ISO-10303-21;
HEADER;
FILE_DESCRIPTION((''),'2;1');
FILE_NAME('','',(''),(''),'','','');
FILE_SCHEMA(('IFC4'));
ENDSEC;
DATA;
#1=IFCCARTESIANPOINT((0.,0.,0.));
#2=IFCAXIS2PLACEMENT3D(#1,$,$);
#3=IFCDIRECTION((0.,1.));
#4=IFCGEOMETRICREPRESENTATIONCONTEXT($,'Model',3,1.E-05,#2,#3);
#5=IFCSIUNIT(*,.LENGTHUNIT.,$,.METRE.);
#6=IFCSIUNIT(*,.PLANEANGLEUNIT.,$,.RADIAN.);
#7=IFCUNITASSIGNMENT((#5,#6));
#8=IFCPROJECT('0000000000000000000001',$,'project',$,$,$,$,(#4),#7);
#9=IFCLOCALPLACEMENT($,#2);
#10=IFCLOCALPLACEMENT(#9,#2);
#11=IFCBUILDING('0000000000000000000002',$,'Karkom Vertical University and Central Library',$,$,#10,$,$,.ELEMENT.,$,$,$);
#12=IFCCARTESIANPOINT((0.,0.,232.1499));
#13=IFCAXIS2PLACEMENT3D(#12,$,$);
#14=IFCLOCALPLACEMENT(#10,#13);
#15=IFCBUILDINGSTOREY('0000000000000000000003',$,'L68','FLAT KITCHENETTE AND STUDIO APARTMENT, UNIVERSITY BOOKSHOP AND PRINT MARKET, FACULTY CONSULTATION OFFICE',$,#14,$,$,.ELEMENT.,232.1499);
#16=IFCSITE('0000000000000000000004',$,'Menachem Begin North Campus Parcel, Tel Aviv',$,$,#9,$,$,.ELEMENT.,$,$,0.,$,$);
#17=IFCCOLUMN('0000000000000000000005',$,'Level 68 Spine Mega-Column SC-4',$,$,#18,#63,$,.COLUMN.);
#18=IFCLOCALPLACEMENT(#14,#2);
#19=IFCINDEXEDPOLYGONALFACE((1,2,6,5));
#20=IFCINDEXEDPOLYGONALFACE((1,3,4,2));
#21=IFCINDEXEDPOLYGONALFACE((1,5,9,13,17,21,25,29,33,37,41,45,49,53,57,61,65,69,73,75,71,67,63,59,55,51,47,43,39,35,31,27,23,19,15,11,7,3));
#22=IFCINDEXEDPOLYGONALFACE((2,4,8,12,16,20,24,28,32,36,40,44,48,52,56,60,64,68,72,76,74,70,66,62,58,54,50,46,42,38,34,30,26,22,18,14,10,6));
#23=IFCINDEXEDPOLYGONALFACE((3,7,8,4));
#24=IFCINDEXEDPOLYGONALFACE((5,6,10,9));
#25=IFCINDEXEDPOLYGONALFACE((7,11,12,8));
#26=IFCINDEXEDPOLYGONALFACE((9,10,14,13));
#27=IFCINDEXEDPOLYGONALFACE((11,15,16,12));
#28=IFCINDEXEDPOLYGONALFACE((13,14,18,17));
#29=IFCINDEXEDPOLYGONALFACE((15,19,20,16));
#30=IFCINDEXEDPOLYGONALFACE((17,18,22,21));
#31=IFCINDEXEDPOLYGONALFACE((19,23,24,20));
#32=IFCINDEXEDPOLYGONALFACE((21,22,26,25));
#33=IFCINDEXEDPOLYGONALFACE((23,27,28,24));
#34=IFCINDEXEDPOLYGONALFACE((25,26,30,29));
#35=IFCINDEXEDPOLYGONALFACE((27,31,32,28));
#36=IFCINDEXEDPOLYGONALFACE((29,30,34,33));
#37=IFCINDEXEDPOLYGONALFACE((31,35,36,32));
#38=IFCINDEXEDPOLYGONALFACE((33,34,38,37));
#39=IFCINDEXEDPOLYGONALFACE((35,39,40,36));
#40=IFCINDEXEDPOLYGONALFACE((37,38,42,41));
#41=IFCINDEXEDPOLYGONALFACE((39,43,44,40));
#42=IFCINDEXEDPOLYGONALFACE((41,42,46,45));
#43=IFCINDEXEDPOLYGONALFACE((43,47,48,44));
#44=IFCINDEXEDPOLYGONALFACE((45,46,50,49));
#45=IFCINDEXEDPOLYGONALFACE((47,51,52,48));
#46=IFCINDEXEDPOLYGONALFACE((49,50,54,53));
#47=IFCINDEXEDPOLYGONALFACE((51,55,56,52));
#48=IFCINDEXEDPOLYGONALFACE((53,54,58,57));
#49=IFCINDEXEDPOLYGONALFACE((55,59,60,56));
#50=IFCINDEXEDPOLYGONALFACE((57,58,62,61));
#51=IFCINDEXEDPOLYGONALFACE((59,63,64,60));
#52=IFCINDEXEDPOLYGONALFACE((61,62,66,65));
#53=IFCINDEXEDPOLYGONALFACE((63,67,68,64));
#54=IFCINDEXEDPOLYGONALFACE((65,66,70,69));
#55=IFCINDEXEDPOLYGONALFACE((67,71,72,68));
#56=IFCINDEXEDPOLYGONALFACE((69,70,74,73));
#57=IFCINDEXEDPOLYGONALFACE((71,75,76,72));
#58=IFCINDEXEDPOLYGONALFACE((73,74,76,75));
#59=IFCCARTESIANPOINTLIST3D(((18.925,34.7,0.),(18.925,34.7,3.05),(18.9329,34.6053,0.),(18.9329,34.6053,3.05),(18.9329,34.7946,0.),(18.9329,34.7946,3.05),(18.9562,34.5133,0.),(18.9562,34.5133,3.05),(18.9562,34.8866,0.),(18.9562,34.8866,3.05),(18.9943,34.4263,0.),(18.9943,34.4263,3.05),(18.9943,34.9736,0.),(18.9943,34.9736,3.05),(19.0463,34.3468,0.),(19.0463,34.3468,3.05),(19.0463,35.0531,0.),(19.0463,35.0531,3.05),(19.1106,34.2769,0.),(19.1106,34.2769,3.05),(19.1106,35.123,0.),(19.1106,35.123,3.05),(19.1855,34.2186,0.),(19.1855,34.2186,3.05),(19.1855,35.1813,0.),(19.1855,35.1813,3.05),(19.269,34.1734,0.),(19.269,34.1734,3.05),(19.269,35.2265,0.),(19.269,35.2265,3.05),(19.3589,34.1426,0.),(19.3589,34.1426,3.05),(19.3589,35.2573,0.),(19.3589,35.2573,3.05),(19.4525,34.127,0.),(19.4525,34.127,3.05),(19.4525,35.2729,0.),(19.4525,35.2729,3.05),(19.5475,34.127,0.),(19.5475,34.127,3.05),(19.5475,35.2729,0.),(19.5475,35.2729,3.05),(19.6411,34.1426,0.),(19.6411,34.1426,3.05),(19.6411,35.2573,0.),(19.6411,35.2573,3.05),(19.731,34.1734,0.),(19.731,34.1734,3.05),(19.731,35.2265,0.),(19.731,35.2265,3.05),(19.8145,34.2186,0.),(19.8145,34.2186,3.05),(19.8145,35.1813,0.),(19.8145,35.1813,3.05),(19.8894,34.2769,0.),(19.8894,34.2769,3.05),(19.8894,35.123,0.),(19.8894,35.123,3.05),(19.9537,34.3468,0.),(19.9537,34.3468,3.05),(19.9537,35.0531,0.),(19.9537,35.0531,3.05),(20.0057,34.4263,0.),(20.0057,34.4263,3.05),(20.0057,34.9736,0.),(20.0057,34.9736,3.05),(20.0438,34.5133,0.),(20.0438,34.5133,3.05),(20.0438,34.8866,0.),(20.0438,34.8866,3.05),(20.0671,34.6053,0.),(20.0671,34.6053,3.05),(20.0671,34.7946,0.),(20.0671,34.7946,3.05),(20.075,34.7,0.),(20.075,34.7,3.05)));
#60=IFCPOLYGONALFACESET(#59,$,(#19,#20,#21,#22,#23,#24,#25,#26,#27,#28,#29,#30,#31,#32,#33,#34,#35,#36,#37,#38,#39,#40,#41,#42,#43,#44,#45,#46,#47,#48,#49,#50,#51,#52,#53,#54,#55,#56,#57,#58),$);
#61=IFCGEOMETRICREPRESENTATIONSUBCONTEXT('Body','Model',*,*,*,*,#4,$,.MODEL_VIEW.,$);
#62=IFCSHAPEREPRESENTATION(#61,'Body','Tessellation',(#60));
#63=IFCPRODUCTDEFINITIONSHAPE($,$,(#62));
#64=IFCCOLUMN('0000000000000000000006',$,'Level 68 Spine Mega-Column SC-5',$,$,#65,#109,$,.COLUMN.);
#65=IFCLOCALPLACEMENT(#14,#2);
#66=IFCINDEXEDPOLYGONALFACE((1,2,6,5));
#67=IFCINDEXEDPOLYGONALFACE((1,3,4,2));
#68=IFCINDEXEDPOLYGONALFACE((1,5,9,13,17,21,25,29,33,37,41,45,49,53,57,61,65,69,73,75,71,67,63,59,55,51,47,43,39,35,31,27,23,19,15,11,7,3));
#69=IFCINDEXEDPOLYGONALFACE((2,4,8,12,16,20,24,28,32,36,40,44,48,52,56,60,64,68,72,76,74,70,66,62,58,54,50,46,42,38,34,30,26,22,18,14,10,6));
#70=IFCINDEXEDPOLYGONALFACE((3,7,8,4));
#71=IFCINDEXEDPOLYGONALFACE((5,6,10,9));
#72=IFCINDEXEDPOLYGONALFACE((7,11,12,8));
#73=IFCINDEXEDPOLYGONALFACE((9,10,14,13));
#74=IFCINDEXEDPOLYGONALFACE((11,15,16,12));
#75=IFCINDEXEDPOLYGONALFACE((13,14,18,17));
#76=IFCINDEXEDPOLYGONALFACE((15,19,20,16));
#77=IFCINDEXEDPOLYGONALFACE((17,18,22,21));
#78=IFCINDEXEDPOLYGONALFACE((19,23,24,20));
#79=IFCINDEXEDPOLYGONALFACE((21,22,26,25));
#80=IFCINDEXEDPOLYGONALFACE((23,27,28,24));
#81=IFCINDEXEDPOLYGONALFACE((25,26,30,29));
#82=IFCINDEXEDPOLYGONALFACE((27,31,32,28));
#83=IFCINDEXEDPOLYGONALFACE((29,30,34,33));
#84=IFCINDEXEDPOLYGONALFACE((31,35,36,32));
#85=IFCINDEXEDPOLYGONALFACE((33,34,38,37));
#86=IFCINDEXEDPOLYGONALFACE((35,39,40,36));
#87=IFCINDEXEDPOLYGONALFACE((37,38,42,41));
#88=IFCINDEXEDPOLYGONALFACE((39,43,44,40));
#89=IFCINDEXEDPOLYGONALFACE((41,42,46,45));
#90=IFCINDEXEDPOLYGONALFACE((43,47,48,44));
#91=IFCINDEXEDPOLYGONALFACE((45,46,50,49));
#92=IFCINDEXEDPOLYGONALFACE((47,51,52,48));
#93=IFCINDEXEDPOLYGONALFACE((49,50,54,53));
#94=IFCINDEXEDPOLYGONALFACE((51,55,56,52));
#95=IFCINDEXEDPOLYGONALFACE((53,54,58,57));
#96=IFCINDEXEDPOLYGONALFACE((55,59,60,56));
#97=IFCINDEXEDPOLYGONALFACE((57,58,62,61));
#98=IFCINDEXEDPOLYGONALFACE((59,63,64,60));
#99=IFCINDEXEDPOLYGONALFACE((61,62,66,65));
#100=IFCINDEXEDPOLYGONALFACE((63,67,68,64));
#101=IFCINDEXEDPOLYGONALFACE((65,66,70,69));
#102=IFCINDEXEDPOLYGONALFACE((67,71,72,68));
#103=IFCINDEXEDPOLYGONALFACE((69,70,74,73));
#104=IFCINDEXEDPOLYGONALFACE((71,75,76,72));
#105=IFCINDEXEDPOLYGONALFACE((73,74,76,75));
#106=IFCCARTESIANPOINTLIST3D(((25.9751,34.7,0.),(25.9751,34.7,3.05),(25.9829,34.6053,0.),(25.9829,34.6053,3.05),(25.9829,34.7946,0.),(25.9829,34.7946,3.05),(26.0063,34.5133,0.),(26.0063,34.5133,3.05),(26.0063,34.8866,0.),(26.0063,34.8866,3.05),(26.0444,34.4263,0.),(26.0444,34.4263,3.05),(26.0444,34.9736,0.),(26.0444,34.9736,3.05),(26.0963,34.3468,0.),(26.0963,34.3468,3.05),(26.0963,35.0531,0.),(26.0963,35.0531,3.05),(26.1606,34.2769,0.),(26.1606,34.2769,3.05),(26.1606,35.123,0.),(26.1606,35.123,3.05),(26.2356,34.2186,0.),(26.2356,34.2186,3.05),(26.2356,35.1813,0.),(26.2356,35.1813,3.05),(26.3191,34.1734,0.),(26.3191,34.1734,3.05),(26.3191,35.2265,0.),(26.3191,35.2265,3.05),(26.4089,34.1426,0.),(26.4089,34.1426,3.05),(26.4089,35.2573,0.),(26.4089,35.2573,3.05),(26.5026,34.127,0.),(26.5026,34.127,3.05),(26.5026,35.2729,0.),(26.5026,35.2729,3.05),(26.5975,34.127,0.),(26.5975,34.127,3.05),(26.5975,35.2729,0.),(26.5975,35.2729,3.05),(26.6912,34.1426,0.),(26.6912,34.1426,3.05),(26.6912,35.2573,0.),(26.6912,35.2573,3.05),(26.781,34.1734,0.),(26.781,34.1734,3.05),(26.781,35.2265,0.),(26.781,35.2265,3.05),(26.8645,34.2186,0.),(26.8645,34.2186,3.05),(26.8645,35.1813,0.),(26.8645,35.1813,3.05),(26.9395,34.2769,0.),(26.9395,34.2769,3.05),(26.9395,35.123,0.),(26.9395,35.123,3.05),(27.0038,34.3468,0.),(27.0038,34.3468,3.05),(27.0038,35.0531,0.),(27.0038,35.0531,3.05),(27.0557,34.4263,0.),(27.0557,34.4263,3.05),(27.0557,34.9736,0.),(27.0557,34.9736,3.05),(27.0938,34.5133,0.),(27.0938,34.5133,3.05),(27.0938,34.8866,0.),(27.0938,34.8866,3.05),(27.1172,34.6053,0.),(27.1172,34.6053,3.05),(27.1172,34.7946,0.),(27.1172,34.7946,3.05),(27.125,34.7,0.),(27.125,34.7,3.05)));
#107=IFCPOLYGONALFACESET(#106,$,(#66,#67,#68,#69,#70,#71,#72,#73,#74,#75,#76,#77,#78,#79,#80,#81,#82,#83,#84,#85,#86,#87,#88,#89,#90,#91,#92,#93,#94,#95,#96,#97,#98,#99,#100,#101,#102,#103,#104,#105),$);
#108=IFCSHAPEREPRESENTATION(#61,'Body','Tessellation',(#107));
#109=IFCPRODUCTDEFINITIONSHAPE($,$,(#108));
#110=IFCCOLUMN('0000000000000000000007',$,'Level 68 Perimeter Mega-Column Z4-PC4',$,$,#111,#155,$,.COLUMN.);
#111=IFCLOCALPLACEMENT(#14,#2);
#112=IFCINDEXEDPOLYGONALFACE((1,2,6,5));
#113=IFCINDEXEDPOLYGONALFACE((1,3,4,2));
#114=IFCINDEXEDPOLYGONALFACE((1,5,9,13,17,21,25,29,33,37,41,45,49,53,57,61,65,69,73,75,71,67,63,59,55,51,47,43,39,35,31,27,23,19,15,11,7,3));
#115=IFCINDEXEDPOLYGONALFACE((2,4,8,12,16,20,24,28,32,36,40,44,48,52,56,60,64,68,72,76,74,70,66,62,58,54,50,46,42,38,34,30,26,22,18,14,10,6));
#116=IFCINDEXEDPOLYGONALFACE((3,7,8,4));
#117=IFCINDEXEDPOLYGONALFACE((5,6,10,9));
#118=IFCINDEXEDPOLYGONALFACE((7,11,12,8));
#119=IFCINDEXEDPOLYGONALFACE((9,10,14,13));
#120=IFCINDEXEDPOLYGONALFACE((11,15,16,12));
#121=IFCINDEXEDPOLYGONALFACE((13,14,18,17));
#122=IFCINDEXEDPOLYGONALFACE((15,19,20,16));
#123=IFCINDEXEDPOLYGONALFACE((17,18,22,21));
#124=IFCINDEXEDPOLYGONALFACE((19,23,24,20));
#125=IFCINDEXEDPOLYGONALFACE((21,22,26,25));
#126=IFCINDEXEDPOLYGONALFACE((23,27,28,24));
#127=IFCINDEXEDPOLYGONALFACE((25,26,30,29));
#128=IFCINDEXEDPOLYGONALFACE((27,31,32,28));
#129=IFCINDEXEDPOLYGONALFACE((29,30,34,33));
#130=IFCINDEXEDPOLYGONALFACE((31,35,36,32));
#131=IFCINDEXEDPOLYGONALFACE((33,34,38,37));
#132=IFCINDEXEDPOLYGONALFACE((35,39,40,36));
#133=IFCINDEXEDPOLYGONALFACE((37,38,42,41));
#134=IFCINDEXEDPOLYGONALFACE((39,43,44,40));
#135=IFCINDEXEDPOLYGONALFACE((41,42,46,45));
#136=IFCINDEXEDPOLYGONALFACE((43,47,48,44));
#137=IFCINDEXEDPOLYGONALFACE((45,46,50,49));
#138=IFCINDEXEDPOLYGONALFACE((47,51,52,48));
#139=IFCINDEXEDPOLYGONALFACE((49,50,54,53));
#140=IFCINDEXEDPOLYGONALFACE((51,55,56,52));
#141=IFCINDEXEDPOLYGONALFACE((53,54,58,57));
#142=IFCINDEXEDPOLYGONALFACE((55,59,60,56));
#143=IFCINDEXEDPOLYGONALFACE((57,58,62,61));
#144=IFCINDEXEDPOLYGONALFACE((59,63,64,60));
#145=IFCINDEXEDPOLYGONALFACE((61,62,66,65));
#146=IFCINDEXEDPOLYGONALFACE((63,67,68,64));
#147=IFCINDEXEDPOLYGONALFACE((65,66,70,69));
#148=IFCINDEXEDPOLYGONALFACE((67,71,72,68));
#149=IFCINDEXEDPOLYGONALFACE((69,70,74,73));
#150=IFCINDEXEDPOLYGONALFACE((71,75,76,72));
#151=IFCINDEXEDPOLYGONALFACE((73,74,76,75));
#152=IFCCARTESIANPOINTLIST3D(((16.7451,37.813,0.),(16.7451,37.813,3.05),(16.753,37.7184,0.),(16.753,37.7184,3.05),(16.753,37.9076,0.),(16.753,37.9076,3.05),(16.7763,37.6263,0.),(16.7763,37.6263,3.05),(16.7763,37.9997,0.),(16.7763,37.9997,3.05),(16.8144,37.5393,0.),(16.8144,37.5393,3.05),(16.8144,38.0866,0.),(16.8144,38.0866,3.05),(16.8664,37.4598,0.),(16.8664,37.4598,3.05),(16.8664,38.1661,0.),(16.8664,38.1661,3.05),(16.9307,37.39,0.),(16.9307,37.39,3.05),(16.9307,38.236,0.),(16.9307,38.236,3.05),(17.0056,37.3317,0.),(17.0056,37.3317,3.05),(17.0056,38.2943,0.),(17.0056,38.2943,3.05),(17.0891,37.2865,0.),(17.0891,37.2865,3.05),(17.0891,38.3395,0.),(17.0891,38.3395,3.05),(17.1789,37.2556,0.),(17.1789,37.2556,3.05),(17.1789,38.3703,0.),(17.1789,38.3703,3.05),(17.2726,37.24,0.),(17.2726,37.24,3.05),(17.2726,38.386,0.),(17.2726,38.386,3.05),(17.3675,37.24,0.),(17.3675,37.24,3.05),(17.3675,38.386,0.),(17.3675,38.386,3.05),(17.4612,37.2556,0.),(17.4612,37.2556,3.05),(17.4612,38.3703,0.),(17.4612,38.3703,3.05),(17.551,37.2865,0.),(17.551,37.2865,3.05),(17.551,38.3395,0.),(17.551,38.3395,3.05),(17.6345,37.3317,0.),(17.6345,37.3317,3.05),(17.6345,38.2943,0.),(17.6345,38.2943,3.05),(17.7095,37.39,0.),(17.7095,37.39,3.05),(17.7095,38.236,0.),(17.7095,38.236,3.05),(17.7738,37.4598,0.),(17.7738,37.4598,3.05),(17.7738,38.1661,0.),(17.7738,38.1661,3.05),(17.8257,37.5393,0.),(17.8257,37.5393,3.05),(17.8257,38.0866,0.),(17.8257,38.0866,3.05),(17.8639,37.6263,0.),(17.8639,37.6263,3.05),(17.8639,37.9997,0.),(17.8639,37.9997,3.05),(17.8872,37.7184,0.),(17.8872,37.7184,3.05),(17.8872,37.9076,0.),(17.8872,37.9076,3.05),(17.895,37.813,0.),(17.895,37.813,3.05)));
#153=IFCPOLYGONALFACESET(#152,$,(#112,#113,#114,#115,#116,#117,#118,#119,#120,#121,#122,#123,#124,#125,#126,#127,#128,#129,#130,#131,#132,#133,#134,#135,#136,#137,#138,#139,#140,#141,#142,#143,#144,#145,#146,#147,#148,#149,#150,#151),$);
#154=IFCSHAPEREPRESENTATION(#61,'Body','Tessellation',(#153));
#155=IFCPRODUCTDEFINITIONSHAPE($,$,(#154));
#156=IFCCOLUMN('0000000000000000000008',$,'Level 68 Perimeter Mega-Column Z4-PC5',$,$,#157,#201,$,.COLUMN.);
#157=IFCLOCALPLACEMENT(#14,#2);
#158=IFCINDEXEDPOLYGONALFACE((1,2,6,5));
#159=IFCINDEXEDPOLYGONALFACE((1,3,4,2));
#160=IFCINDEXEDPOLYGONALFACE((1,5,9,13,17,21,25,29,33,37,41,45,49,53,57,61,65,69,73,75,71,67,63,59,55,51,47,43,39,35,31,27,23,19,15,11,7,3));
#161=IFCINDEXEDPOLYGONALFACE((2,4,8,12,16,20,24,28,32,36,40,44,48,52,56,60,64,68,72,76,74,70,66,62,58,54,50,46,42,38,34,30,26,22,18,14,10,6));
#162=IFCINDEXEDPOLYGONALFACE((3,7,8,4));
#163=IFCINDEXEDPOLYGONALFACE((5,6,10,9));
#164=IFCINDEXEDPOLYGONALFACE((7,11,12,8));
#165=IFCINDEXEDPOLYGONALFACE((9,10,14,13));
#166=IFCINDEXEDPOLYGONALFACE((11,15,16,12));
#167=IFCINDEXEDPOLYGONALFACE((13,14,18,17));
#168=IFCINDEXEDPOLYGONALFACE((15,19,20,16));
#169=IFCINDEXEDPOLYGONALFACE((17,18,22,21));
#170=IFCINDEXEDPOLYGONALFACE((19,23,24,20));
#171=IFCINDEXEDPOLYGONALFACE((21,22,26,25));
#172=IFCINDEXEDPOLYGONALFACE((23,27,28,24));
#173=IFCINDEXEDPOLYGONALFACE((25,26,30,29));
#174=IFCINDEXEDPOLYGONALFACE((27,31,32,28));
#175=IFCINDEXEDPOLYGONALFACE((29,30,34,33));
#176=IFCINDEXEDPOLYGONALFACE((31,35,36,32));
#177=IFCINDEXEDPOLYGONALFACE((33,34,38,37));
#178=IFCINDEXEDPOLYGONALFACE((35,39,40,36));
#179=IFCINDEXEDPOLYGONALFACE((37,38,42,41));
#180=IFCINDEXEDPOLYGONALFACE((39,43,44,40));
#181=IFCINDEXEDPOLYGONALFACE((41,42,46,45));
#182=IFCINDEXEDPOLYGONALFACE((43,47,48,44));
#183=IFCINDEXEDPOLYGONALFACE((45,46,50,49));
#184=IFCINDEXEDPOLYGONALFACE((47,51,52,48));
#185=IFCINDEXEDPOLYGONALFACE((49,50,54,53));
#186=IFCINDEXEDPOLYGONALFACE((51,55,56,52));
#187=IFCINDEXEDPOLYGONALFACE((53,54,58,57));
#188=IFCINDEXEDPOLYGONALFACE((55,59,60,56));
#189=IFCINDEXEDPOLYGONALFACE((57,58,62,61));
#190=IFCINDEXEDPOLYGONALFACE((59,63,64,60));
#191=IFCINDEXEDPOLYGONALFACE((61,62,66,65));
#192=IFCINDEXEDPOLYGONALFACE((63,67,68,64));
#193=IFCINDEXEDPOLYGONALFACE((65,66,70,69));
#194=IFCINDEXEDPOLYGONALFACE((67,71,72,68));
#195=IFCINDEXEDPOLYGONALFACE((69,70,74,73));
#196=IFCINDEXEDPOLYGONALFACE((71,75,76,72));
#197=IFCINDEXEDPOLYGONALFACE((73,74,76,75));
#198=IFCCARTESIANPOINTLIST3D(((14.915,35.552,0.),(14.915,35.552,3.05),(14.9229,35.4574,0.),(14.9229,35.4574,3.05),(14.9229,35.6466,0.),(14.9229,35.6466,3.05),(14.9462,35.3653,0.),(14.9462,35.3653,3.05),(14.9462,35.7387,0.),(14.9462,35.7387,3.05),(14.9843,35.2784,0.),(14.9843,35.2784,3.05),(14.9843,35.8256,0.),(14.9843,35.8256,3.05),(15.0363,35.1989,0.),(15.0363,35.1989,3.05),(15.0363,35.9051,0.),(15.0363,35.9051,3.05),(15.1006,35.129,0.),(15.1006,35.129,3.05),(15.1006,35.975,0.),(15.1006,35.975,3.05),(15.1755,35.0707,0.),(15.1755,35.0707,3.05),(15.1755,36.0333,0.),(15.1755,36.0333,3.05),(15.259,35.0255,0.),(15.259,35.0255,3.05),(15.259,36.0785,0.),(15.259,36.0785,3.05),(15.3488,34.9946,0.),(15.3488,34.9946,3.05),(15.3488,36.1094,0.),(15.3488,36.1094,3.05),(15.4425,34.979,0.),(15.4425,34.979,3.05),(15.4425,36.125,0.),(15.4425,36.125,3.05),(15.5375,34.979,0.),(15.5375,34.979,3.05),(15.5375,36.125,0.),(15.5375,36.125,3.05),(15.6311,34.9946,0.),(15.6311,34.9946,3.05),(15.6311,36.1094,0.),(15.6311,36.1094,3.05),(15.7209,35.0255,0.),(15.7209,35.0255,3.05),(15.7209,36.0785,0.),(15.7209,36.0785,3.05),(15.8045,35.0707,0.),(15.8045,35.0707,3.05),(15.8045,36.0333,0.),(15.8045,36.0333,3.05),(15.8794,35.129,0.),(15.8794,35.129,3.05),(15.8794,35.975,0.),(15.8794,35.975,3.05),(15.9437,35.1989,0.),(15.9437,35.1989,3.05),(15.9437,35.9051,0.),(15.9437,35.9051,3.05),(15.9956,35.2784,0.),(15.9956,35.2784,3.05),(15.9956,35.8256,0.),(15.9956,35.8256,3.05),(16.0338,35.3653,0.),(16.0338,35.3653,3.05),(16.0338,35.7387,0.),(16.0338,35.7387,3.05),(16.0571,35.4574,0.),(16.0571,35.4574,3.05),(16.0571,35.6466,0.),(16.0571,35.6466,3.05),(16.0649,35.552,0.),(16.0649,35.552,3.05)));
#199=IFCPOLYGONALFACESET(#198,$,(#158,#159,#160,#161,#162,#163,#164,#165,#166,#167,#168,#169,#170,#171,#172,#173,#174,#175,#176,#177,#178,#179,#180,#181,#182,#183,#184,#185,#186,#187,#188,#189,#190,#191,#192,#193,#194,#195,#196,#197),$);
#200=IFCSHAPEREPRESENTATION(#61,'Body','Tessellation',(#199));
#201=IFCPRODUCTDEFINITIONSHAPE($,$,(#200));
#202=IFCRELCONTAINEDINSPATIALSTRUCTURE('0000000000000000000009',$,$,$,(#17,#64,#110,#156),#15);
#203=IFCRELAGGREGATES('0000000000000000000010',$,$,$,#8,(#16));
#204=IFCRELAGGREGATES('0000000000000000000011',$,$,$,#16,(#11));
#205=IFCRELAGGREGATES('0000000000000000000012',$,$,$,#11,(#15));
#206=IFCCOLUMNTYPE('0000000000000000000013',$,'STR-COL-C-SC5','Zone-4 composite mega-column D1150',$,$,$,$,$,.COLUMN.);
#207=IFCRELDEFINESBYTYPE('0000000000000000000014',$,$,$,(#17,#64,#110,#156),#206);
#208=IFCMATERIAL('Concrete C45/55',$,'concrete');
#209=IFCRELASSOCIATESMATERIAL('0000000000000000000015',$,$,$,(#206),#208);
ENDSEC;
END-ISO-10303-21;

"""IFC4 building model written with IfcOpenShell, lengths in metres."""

from ifc_helpers import new_model, si_unit, direction, frame, origin, origin_with_axes, origin_2d, place, context, subcontext, project, spatial, circle, extrude, source, transform, mapped, material, material_profile, profile_set, type_object, element, save


model = new_model("IFC4")

# Units and contexts
model_context = context("Model", 3, precision=1e-05, world=origin(), true_north=direction((0.0, 1.0)))
body_context = subcontext(model_context, "Body", "Model", "MODEL_VIEW")
ifc_project = project(units=[si_unit("LENGTHUNIT", "METRE"), si_unit("PLANEANGLEUNIT", "RADIAN")], contexts=[model_context])

# Site, building, storey
site_placement = place(None, origin())
site = spatial("IfcSite", under=ifc_project, at=site_placement, Name="Menachem Begin North Campus Parcel, Tel Aviv", CompositionType="ELEMENT", RefElevation=0.0)
building_placement = place(site_placement, origin())
building = spatial("IfcBuilding", under=site, at=building_placement, Name="Karkom Vertical University and Central Library", CompositionType="ELEMENT")
storey_placement = place(building_placement, frame((0.0, 0.0, 232.1499)))
storey = spatial("IfcBuildingStorey", under=building, at=storey_placement, Name="L68", Description="FLAT KITCHENETTE AND STUDIO APARTMENT, UNIVERSITY BOOKSHOP AND PRINT MARKET, FACULTY CONSULTATION OFFICE", CompositionType="ELEMENT", Elevation=232.1499)

# Columns
ifc_material_1 = material(Name="Concrete C45/55", Category="concrete")
ifc_material_profile_1 = material_profile(ifc_material_1, circle(Radius=0.575, at=origin_2d()), Name="CFT-D1150")
ifc_profile_set_1 = profile_set([ifc_material_profile_1], Name="Concrete C45/55")
column_type = type_object("IfcColumnType", Name="STR-COL-C-SC5", Description="Zone-4 composite mega-column D1150", PredefinedType="COLUMN", material=ifc_profile_set_1)
shared_shape_1 = source(origin_with_axes(), body_context, "Body", "SweptSolid", [
    extrude(circle(Radius=0.575, at=origin_2d()), origin(), (0.0, 0.0, 1.0), 3.05),
])
for number, where, z_axis, x_axis, name in (
    (1, (19.5, 34.7, 0.0), (0.0, 0.0, 1.0), (1.0, 0.0, 0.0), "Level 68 Spine Mega-Column SC-4"),
    (2, (26.55, 34.7, 0.0), (0.0, 0.0, 1.0), (1.0, 0.0, 0.0), "Level 68 Spine Mega-Column SC-5"),
    (3, (17.3201, 37.813, 0.0), (0.0, 0.0, 1.0), (1.0, 0.0, 0.0), "Level 68 Perimeter Mega-Column Z4-PC4"),
    (4, (15.49, 35.552, 0.0), (0.0, 0.0, 1.0), (1.0, 0.0, 0.0), "Level 68 Perimeter Mega-Column Z4-PC5"),
):
    element("IfcColumn", number, at=place(storey_placement, frame(where, z_axis=z_axis, x_axis=x_axis)), inside=storey, type_object=column_type, Name=name, PredefinedType="COLUMN", context=body_context, shape_type="MappedRepresentation", body=[
        mapped(shared_shape_1, transform((0.0, 0.0, 0.0), scale=1.0)),
    ])

save(model, "model.ifc")
